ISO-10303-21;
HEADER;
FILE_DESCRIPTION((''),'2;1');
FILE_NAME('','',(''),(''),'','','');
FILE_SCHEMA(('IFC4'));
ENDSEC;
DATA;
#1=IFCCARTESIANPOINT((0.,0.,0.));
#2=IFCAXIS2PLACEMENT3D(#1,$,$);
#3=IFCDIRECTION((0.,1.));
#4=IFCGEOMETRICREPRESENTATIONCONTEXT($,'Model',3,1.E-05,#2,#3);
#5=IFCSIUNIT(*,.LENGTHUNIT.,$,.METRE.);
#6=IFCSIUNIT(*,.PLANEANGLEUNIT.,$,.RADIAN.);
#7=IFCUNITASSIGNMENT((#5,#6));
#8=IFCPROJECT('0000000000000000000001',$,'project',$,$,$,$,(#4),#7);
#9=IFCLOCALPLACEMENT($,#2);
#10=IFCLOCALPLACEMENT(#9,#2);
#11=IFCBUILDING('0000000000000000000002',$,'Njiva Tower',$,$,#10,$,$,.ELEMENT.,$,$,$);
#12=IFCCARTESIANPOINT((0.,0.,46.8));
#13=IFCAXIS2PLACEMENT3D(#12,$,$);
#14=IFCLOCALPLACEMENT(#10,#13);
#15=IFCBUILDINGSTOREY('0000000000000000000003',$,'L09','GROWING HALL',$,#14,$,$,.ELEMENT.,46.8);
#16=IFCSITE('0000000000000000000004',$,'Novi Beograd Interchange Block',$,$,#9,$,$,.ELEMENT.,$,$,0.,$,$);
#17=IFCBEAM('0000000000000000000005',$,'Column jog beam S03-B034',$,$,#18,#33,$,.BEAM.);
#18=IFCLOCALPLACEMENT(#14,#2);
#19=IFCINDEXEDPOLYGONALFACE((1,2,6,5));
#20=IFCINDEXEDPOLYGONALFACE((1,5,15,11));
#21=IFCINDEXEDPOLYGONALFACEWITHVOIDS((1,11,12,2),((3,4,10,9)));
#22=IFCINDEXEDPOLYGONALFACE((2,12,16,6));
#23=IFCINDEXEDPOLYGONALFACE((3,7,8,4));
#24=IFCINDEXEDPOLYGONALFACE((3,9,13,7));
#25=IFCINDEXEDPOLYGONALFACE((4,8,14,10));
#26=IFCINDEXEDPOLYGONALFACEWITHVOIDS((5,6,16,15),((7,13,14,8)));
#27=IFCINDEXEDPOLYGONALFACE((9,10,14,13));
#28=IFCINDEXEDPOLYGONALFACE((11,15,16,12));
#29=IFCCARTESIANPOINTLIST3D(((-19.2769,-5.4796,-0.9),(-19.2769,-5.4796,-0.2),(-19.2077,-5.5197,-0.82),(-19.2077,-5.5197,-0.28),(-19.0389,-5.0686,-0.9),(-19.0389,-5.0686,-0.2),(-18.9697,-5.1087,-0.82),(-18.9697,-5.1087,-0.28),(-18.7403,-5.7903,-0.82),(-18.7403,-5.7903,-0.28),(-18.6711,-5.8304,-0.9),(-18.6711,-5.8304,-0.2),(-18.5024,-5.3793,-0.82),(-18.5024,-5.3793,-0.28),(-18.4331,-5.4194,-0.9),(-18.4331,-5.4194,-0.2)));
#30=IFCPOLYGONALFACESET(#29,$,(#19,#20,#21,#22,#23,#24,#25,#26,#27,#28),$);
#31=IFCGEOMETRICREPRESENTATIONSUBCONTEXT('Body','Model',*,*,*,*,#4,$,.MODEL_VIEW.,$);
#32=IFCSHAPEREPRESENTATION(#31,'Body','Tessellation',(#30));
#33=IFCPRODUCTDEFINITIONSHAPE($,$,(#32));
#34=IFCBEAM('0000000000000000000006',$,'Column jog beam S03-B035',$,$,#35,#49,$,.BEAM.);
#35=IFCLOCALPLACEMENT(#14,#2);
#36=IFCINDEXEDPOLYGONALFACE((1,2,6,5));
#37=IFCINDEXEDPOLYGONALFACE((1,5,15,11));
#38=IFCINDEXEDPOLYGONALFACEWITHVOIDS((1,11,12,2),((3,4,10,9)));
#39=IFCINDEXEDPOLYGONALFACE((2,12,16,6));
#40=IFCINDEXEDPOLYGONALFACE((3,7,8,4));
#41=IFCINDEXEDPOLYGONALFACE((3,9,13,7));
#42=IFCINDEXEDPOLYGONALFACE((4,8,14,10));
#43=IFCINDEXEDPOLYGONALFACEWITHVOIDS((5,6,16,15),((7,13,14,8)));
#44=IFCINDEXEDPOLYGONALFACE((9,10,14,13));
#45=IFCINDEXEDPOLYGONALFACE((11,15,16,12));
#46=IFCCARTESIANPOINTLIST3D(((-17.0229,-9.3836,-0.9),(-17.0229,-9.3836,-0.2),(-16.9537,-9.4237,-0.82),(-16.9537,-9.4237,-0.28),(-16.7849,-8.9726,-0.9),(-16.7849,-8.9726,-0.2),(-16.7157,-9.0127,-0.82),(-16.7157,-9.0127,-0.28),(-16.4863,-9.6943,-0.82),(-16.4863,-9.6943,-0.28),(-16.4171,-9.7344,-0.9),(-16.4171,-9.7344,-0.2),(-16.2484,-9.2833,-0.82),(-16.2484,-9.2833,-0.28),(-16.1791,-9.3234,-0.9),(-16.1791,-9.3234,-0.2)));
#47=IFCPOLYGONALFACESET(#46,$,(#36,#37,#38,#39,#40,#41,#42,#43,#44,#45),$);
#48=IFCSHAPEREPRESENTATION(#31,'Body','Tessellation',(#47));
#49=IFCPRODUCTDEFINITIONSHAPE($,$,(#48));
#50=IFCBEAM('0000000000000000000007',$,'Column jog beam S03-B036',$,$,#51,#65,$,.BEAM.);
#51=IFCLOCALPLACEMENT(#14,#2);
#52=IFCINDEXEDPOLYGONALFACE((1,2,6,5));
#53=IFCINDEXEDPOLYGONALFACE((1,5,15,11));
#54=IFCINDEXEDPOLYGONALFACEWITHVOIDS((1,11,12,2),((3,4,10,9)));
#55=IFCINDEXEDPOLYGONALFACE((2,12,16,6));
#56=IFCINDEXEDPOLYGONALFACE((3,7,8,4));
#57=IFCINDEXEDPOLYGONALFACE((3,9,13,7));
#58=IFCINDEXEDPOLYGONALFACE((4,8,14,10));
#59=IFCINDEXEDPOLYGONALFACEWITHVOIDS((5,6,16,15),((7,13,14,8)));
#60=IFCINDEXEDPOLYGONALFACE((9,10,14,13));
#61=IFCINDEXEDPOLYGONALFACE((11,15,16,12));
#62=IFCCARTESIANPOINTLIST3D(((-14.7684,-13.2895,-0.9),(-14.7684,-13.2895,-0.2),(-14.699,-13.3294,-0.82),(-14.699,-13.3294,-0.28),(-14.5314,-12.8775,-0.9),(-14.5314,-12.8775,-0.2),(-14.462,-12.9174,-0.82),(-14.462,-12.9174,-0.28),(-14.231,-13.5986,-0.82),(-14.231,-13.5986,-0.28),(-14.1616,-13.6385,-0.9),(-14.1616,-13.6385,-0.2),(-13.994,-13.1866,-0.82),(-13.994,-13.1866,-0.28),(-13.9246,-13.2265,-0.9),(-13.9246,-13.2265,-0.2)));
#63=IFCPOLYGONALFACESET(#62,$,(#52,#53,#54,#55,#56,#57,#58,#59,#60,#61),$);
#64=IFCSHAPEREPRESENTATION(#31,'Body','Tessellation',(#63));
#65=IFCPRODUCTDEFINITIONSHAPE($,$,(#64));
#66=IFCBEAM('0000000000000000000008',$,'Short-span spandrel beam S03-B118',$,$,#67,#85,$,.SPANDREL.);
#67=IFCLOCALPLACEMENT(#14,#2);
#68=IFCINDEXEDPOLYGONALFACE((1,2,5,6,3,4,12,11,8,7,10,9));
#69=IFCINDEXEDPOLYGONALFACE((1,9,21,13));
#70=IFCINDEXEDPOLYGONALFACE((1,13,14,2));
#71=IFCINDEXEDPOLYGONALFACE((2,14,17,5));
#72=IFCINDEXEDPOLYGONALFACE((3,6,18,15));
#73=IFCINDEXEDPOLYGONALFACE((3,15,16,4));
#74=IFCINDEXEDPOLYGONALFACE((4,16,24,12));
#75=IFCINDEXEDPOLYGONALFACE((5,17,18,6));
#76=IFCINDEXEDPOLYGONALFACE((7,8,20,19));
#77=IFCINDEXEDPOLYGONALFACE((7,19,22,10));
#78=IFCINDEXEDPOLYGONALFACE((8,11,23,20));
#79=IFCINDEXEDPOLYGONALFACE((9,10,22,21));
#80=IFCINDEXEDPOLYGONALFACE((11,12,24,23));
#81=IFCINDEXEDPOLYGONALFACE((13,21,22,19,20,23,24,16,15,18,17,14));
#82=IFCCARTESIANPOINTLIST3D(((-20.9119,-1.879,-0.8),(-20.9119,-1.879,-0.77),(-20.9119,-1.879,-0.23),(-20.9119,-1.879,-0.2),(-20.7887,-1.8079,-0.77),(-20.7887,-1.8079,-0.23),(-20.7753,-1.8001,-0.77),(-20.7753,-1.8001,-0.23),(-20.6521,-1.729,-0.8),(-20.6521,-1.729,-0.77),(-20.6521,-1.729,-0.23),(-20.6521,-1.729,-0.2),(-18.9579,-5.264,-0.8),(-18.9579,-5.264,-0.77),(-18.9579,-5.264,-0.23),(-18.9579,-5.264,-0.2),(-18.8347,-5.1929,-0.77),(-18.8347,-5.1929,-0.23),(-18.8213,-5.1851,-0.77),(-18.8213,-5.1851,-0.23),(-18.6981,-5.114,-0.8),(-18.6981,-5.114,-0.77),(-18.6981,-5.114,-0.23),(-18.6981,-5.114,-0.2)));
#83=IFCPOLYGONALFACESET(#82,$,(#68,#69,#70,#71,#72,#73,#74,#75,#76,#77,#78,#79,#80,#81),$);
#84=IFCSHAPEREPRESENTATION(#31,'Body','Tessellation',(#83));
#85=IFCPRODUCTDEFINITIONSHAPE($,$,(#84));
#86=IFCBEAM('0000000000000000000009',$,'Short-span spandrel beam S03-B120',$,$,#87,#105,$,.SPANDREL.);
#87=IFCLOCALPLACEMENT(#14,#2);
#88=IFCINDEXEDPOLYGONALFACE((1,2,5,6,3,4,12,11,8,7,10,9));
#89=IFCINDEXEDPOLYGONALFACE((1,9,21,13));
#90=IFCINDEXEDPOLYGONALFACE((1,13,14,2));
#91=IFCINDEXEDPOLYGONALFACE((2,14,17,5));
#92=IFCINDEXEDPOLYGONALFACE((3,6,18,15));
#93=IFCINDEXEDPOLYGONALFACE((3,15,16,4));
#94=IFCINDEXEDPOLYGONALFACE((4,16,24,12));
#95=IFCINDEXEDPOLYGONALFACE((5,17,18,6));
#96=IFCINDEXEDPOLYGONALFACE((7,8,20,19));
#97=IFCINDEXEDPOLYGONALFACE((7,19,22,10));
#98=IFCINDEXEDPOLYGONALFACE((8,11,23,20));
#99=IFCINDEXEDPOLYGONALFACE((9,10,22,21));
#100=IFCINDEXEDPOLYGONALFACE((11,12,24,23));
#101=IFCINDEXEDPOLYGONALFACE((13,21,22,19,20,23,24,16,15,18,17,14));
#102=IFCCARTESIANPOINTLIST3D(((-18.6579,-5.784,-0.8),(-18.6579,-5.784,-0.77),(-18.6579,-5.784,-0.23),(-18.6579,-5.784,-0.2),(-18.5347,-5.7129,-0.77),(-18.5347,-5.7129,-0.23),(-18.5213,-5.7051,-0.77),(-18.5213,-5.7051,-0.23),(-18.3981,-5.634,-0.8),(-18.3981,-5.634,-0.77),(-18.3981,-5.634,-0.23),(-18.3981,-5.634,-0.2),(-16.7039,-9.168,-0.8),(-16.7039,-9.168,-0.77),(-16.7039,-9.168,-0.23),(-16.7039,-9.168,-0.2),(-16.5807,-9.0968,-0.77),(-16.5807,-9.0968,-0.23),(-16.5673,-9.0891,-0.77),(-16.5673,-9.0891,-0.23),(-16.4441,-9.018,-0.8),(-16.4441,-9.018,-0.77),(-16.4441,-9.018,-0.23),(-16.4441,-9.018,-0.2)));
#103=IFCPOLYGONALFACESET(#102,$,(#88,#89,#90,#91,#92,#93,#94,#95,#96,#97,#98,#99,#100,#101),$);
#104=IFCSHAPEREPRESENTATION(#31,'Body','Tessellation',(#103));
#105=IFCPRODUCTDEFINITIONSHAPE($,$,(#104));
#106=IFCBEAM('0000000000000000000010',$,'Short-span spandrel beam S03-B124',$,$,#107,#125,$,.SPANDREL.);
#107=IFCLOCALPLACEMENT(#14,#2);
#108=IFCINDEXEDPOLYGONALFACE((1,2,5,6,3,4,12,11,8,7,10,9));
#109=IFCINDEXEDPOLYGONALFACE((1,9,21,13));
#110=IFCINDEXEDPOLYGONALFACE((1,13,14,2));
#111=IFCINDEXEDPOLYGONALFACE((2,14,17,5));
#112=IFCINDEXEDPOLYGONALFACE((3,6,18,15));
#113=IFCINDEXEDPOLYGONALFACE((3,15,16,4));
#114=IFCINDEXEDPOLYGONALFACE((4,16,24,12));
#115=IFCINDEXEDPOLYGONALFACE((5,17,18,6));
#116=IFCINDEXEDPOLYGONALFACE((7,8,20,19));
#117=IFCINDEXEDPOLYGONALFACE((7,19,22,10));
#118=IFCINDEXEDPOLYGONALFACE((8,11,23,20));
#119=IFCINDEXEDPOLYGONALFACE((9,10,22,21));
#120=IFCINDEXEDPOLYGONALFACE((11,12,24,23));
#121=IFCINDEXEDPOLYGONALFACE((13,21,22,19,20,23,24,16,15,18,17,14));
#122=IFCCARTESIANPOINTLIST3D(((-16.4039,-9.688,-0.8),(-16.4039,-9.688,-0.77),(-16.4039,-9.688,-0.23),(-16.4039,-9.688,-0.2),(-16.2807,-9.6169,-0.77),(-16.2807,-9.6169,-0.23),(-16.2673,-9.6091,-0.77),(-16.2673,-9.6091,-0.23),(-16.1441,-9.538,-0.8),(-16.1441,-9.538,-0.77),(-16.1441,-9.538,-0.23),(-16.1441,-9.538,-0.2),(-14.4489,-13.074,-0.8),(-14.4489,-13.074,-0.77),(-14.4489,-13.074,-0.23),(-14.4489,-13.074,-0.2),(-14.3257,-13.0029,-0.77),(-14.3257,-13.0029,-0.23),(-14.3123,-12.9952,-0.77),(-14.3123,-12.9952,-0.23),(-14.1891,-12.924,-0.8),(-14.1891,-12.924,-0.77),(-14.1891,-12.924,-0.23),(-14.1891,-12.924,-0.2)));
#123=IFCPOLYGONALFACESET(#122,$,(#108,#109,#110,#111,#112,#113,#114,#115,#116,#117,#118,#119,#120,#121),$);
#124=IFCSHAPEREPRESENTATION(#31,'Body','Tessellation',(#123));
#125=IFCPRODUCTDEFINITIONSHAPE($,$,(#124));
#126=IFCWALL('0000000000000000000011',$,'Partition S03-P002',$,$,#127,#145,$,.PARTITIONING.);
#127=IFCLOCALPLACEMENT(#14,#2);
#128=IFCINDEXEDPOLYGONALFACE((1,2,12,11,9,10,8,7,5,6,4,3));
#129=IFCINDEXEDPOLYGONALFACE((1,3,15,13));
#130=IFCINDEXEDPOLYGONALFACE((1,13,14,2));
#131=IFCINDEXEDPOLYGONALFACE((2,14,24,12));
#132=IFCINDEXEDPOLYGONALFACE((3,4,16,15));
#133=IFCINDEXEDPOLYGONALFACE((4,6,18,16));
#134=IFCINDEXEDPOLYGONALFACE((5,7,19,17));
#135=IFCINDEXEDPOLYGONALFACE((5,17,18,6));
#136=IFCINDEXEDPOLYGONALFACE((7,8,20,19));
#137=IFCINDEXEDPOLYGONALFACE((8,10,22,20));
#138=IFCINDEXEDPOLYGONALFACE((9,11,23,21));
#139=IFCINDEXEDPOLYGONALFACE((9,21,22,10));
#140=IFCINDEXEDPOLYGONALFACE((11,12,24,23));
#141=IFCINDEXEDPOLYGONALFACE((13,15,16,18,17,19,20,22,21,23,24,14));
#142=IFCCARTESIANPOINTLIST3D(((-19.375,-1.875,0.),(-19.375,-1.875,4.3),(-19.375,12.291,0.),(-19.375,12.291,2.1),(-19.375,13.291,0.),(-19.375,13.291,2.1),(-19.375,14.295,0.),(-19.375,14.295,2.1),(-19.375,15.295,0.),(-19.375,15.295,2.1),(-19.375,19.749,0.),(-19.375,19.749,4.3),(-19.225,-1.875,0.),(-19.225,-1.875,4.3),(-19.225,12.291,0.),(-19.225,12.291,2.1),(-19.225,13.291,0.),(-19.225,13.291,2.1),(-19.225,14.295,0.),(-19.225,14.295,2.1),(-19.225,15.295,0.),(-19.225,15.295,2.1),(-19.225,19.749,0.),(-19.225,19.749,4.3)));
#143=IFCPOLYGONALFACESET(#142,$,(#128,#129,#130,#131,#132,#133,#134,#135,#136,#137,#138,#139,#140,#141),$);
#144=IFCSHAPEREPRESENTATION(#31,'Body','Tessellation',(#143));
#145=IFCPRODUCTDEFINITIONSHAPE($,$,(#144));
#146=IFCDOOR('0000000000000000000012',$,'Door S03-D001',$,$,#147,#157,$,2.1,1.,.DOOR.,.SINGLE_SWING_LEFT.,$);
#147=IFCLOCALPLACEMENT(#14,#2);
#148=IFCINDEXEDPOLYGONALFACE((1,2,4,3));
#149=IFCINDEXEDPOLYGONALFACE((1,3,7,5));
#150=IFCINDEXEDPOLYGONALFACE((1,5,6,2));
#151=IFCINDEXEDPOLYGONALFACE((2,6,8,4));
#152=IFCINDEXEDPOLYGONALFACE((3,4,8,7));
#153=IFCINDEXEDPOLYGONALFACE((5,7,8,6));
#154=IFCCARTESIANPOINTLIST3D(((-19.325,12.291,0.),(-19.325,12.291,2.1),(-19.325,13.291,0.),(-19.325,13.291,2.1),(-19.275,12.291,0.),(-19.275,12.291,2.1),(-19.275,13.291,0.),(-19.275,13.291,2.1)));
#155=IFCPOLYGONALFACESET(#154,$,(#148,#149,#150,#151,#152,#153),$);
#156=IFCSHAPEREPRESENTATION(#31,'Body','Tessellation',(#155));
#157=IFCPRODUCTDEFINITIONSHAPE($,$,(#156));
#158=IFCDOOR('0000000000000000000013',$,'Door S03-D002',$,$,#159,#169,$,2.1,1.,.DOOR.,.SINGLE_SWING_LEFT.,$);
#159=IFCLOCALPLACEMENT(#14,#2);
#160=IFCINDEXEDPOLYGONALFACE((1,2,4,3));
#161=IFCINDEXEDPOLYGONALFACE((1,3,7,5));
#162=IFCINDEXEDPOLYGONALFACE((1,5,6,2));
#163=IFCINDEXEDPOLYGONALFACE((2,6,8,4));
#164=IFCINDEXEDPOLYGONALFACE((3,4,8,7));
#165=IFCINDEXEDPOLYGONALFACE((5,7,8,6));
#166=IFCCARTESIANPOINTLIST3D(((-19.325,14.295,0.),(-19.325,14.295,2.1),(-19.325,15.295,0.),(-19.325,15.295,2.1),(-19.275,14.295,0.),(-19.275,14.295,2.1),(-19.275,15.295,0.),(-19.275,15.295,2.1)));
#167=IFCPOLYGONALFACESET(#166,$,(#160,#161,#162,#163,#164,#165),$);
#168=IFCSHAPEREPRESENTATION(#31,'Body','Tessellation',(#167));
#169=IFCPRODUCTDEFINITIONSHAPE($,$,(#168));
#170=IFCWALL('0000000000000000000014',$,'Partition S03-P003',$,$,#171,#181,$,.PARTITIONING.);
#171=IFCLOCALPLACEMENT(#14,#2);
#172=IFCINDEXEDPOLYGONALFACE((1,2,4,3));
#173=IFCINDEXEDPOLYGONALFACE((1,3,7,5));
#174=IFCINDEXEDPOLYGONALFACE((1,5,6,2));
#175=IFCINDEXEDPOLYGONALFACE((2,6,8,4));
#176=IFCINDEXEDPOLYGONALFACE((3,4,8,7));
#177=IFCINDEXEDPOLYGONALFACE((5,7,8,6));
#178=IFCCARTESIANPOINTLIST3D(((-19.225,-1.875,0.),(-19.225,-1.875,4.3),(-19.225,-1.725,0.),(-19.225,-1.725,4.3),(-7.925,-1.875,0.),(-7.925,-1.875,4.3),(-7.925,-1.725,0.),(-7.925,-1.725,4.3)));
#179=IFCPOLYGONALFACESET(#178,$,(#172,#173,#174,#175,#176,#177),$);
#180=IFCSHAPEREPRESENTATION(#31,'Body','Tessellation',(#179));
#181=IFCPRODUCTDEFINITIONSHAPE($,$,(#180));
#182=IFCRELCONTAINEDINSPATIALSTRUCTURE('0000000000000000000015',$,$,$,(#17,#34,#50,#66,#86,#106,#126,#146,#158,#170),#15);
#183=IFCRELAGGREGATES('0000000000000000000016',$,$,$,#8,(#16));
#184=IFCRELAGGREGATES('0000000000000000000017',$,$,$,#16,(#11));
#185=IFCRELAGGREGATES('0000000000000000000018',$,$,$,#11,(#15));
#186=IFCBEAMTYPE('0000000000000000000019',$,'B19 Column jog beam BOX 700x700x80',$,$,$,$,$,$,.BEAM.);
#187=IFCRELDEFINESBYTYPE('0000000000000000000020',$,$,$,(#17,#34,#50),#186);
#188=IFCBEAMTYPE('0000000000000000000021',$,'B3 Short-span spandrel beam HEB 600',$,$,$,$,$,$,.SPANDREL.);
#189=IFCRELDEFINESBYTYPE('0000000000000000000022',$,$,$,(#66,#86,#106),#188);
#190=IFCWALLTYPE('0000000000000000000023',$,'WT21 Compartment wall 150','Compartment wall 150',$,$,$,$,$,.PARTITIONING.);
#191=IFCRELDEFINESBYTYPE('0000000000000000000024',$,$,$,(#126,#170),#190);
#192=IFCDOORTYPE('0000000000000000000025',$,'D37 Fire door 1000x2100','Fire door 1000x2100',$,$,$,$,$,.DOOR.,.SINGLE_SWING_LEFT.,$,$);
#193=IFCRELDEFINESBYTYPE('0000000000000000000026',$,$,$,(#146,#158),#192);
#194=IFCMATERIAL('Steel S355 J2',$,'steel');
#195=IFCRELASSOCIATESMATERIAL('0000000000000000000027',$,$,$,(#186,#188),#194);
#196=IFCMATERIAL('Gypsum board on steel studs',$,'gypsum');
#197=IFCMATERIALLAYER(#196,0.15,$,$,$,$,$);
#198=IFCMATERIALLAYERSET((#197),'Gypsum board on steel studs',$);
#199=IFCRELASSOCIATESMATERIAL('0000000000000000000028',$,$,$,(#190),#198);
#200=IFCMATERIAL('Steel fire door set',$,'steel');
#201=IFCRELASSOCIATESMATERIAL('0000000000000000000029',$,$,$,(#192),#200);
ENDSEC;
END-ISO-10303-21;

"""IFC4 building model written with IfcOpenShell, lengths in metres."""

from ifc_helpers import new_model, si_unit, direction, frame, frame_2d, origin, origin_2d, place, context, subcontext, project, spatial, rectangle, hollow_rectangle, i_section, extrude, material, layer, layer_set, material_profile, profile_set, type_object, element, fill, save


model = new_model("IFC4")

# Units and contexts
model_context = context("Model", 3, precision=1e-05, world=origin(), true_north=direction((0.0, 1.0)))
body_context = subcontext(model_context, "Body", "Model", "MODEL_VIEW")
ifc_project = project(units=[si_unit("LENGTHUNIT", "METRE"), si_unit("PLANEANGLEUNIT", "RADIAN")], contexts=[model_context])

# Site, building, storey
site_placement = place(None, origin())
site = spatial("IfcSite", under=ifc_project, at=site_placement, Name="Novi Beograd Interchange Block", CompositionType="ELEMENT", RefElevation=0.0)
building_placement = place(site_placement, origin())
building = spatial("IfcBuilding", under=site, at=building_placement, Name="Njiva Tower", CompositionType="ELEMENT")
storey_placement = place(building_placement, frame((0.0, 0.0, 46.8)))
storey = spatial("IfcBuildingStorey", under=building, at=storey_placement, Name="L09", Description="GROWING HALL", CompositionType="ELEMENT", Elevation=46.8)

# Shared definitions
ifc_material_1 = material(Name="Steel S355 J2", Category="steel")

# Beams
ifc_material_profile_1 = material_profile(ifc_material_1, hollow_rectangle(XDim=0.7, YDim=0.7, WallThickness=0.08, at=origin_2d()), Name="BOX 700x700x80")
ifc_profile_set_1 = profile_set([ifc_material_profile_1], Name="Steel S355 J2")
beam_type_1 = type_object("IfcBeamType", Name="B19 Column jog beam BOX 700x700x80", PredefinedType="BEAM", material=ifc_profile_set_1)
for number, where, z_axis, x_axis, name in (
    (1, (-18.974, -5.655, -0.55), (0.501119, 0.865378, 0.0), (-0.865378, 0.501119, 0.0), "Column jog beam S03-B034"),
    (2, (-16.72, -9.559, -0.55), (0.501119, 0.865378, 0.0), (-0.865378, 0.501119, 0.0), "Column jog beam S03-B035"),
):
    element("IfcBeam", number, at=place(storey_placement, frame(where, z_axis=z_axis, x_axis=x_axis)), inside=storey, type_object=beam_type_1, Name=name, PredefinedType="BEAM", context=body_context, shape_type="SweptSolid", body=[
        extrude(hollow_rectangle(XDim=0.7, YDim=0.7, WallThickness=0.08, at=origin_2d()), origin(), (0.0, 0.0, 1.0), 0.4749),
    ])
beam_1_placement = place(storey_placement, frame((-14.465, -13.464, -0.55), z_axis=(0.498629, 0.866815, 0.0), x_axis=(-0.866815, 0.498629, 0.0)))
element("IfcBeam", 3, at=beam_1_placement, inside=storey, type_object=beam_type_1, Name="Column jog beam S03-B036", PredefinedType="BEAM", context=body_context, shape_type="SweptSolid", body=[
    extrude(hollow_rectangle(XDim=0.7, YDim=0.7, WallThickness=0.08, at=origin_2d()), origin(), (0.0, 0.0, 1.0), 0.4753),
])
ifc_material_profile_2 = material_profile(ifc_material_1, i_section(OverallWidth=0.3, OverallDepth=0.6, WebThickness=0.0155, FlangeThickness=0.03, at=origin_2d()), Name="HEB 600")
ifc_profile_set_2 = profile_set([ifc_material_profile_2], Name="Steel S355 J2")
beam_type_2 = type_object("IfcBeamType", Name="B3 Short-span spandrel beam HEB 600", PredefinedType="SPANDREL", material=ifc_profile_set_2)
beam_2_placement = place(storey_placement, frame((-20.782, -1.804, -0.5), z_axis=(0.499937, -0.866062, 0.0), x_axis=(0.866062, 0.499937, 0.0)))
element("IfcBeam", 4, at=beam_2_placement, inside=storey, type_object=beam_type_2, Name="Short-span spandrel beam S03-B118", PredefinedType="SPANDREL", context=body_context, shape_type="SweptSolid", body=[
    extrude(i_section(OverallWidth=0.3, OverallDepth=0.6, WebThickness=0.0155, FlangeThickness=0.03, at=origin_2d()), origin(), (0.0, 0.0, 1.0), 3.9085),
])
beam_3_placement = place(storey_placement, frame((-18.528, -5.709, -0.5), z_axis=(0.500047, -0.865998, 0.0), x_axis=(0.865998, 0.500047, 0.0)))
element("IfcBeam", 5, at=beam_3_placement, inside=storey, type_object=beam_type_2, Name="Short-span spandrel beam S03-B120", PredefinedType="SPANDREL", context=body_context, shape_type="SweptSolid", body=[
    extrude(i_section(OverallWidth=0.3, OverallDepth=0.6, WebThickness=0.0155, FlangeThickness=0.03, at=origin_2d()), origin(), (0.0, 0.0, 1.0), 3.9076),
])
beam_4_placement = place(storey_placement, frame((-16.274, -9.613, -0.5), z_axis=(0.500018, -0.866015, 0.0), x_axis=(0.866015, 0.500018, 0.0)))
element("IfcBeam", 6, at=beam_4_placement, inside=storey, type_object=beam_type_2, Name="Short-span spandrel beam S03-B124", PredefinedType="SPANDREL", context=body_context, shape_type="SweptSolid", body=[
    extrude(i_section(OverallWidth=0.3, OverallDepth=0.6, WebThickness=0.0155, FlangeThickness=0.03, at=origin_2d()), origin(), (0.0, 0.0, 1.0), 3.9099),
])

# Wall, openings, doors
ifc_material_2 = material(Name="Gypsum board on steel studs", Category="gypsum")
ifc_layer = layer(ifc_material_2, 0.15)
ifc_layer_set = layer_set([ifc_layer], Name="Gypsum board on steel studs")
wall_type = type_object("IfcWallType", Name="WT21 Compartment wall 150", Description="Compartment wall 150", PredefinedType="PARTITIONING", material=ifc_layer_set)
wall_1_placement = place(storey_placement, frame((-19.3, -1.875, 0.0), z_axis=(0.0, 0.0, 1.0), x_axis=(0.0, 1.0, 0.0)))
wall_1 = element("IfcWall", 7, at=wall_1_placement, inside=storey, type_object=wall_type, Name="Partition S03-P002", PredefinedType="PARTITIONING", context=body_context, shape_type="SweptSolid", body=[
    extrude(rectangle(XDim=21.624, YDim=0.15, at=frame_2d((10.812, 0.0))), origin(), (0.0, 0.0, 1.0), 4.3),
])
opening_1_placement = place(wall_1_placement, frame((14.166, 0.0, 0.0)))
opening_1 = element("IfcOpeningElement", 8, at=opening_1_placement, cuts=wall_1, PredefinedType="OPENING", context=body_context, shape_type="SweptSolid", body=[
    extrude(rectangle(XDim=1.0, YDim=2.1, at=frame_2d((0.5, 1.05))), frame((0.0, 0.085, 0.0), z_axis=(0.0, -1.0, 0.0), x_axis=(1.0, 0.0, 0.0)), (0.0, 0.0, 1.0), 0.17),
])
opening_2_placement = place(wall_1_placement, frame((16.17, 0.0, 0.0)))
opening_2 = element("IfcOpeningElement", 9, at=opening_2_placement, cuts=wall_1, PredefinedType="OPENING", context=body_context, shape_type="SweptSolid", body=[
    extrude(rectangle(XDim=1.0, YDim=2.1, at=frame_2d((0.5, 1.05))), frame((0.0, 0.085, 0.0), z_axis=(0.0, -1.0, 0.0), x_axis=(1.0, 0.0, 0.0)), (0.0, 0.0, 1.0), 0.17),
])
ifc_material_3 = material(Name="Steel fire door set", Category="steel")
door_type = type_object("IfcDoorType", Name="D37 Fire door 1000x2100", Description="Fire door 1000x2100", OperationType="SINGLE_SWING_LEFT", PredefinedType="DOOR", material=ifc_material_3)
door_1_placement = place(opening_1_placement, origin())
door_1 = element("IfcDoor", 10, at=door_1_placement, inside=storey, type_object=door_type, Name="Door S03-D001", OperationType="SINGLE_SWING_LEFT", OverallHeight=2.1, OverallWidth=1.0, PredefinedType="DOOR", context=body_context, shape_type="SweptSolid", body=[
    extrude(rectangle(XDim=1.0, YDim=2.1, at=frame_2d((0.5, 1.05))), frame((0.0, 0.025, 0.0), z_axis=(0.0, -1.0, 0.0), x_axis=(1.0, 0.0, 0.0)), (0.0, 0.0, 1.0), 0.05),
])
fill(opening_1, door_1)
door_2_placement = place(opening_2_placement, origin())
door_2 = element("IfcDoor", 11, at=door_2_placement, inside=storey, type_object=door_type, Name="Door S03-D002", OperationType="SINGLE_SWING_LEFT", OverallHeight=2.1, OverallWidth=1.0, PredefinedType="DOOR", context=body_context, shape_type="SweptSolid", body=[
    extrude(rectangle(XDim=1.0, YDim=2.1, at=frame_2d((0.5, 1.05))), frame((0.0, 0.025, 0.0), z_axis=(0.0, -1.0, 0.0), x_axis=(1.0, 0.0, 0.0)), (0.0, 0.0, 1.0), 0.05),
])
fill(opening_2, door_2)

# Wall
wall_2_placement = place(storey_placement, frame((-19.225, -1.8, 0.0), z_axis=(0.0, 0.0, 1.0), x_axis=(1.0, 0.0, 0.0)))
element("IfcWall", 12, at=wall_2_placement, inside=storey, type_object=wall_type, Name="Partition S03-P003", PredefinedType="PARTITIONING", context=body_context, shape_type="SweptSolid", body=[
    extrude(rectangle(XDim=11.3, YDim=0.15, at=frame_2d((5.65, 0.0))), origin(), (0.0, 0.0, 1.0), 4.3),
])

save(model, "model.ifc")
